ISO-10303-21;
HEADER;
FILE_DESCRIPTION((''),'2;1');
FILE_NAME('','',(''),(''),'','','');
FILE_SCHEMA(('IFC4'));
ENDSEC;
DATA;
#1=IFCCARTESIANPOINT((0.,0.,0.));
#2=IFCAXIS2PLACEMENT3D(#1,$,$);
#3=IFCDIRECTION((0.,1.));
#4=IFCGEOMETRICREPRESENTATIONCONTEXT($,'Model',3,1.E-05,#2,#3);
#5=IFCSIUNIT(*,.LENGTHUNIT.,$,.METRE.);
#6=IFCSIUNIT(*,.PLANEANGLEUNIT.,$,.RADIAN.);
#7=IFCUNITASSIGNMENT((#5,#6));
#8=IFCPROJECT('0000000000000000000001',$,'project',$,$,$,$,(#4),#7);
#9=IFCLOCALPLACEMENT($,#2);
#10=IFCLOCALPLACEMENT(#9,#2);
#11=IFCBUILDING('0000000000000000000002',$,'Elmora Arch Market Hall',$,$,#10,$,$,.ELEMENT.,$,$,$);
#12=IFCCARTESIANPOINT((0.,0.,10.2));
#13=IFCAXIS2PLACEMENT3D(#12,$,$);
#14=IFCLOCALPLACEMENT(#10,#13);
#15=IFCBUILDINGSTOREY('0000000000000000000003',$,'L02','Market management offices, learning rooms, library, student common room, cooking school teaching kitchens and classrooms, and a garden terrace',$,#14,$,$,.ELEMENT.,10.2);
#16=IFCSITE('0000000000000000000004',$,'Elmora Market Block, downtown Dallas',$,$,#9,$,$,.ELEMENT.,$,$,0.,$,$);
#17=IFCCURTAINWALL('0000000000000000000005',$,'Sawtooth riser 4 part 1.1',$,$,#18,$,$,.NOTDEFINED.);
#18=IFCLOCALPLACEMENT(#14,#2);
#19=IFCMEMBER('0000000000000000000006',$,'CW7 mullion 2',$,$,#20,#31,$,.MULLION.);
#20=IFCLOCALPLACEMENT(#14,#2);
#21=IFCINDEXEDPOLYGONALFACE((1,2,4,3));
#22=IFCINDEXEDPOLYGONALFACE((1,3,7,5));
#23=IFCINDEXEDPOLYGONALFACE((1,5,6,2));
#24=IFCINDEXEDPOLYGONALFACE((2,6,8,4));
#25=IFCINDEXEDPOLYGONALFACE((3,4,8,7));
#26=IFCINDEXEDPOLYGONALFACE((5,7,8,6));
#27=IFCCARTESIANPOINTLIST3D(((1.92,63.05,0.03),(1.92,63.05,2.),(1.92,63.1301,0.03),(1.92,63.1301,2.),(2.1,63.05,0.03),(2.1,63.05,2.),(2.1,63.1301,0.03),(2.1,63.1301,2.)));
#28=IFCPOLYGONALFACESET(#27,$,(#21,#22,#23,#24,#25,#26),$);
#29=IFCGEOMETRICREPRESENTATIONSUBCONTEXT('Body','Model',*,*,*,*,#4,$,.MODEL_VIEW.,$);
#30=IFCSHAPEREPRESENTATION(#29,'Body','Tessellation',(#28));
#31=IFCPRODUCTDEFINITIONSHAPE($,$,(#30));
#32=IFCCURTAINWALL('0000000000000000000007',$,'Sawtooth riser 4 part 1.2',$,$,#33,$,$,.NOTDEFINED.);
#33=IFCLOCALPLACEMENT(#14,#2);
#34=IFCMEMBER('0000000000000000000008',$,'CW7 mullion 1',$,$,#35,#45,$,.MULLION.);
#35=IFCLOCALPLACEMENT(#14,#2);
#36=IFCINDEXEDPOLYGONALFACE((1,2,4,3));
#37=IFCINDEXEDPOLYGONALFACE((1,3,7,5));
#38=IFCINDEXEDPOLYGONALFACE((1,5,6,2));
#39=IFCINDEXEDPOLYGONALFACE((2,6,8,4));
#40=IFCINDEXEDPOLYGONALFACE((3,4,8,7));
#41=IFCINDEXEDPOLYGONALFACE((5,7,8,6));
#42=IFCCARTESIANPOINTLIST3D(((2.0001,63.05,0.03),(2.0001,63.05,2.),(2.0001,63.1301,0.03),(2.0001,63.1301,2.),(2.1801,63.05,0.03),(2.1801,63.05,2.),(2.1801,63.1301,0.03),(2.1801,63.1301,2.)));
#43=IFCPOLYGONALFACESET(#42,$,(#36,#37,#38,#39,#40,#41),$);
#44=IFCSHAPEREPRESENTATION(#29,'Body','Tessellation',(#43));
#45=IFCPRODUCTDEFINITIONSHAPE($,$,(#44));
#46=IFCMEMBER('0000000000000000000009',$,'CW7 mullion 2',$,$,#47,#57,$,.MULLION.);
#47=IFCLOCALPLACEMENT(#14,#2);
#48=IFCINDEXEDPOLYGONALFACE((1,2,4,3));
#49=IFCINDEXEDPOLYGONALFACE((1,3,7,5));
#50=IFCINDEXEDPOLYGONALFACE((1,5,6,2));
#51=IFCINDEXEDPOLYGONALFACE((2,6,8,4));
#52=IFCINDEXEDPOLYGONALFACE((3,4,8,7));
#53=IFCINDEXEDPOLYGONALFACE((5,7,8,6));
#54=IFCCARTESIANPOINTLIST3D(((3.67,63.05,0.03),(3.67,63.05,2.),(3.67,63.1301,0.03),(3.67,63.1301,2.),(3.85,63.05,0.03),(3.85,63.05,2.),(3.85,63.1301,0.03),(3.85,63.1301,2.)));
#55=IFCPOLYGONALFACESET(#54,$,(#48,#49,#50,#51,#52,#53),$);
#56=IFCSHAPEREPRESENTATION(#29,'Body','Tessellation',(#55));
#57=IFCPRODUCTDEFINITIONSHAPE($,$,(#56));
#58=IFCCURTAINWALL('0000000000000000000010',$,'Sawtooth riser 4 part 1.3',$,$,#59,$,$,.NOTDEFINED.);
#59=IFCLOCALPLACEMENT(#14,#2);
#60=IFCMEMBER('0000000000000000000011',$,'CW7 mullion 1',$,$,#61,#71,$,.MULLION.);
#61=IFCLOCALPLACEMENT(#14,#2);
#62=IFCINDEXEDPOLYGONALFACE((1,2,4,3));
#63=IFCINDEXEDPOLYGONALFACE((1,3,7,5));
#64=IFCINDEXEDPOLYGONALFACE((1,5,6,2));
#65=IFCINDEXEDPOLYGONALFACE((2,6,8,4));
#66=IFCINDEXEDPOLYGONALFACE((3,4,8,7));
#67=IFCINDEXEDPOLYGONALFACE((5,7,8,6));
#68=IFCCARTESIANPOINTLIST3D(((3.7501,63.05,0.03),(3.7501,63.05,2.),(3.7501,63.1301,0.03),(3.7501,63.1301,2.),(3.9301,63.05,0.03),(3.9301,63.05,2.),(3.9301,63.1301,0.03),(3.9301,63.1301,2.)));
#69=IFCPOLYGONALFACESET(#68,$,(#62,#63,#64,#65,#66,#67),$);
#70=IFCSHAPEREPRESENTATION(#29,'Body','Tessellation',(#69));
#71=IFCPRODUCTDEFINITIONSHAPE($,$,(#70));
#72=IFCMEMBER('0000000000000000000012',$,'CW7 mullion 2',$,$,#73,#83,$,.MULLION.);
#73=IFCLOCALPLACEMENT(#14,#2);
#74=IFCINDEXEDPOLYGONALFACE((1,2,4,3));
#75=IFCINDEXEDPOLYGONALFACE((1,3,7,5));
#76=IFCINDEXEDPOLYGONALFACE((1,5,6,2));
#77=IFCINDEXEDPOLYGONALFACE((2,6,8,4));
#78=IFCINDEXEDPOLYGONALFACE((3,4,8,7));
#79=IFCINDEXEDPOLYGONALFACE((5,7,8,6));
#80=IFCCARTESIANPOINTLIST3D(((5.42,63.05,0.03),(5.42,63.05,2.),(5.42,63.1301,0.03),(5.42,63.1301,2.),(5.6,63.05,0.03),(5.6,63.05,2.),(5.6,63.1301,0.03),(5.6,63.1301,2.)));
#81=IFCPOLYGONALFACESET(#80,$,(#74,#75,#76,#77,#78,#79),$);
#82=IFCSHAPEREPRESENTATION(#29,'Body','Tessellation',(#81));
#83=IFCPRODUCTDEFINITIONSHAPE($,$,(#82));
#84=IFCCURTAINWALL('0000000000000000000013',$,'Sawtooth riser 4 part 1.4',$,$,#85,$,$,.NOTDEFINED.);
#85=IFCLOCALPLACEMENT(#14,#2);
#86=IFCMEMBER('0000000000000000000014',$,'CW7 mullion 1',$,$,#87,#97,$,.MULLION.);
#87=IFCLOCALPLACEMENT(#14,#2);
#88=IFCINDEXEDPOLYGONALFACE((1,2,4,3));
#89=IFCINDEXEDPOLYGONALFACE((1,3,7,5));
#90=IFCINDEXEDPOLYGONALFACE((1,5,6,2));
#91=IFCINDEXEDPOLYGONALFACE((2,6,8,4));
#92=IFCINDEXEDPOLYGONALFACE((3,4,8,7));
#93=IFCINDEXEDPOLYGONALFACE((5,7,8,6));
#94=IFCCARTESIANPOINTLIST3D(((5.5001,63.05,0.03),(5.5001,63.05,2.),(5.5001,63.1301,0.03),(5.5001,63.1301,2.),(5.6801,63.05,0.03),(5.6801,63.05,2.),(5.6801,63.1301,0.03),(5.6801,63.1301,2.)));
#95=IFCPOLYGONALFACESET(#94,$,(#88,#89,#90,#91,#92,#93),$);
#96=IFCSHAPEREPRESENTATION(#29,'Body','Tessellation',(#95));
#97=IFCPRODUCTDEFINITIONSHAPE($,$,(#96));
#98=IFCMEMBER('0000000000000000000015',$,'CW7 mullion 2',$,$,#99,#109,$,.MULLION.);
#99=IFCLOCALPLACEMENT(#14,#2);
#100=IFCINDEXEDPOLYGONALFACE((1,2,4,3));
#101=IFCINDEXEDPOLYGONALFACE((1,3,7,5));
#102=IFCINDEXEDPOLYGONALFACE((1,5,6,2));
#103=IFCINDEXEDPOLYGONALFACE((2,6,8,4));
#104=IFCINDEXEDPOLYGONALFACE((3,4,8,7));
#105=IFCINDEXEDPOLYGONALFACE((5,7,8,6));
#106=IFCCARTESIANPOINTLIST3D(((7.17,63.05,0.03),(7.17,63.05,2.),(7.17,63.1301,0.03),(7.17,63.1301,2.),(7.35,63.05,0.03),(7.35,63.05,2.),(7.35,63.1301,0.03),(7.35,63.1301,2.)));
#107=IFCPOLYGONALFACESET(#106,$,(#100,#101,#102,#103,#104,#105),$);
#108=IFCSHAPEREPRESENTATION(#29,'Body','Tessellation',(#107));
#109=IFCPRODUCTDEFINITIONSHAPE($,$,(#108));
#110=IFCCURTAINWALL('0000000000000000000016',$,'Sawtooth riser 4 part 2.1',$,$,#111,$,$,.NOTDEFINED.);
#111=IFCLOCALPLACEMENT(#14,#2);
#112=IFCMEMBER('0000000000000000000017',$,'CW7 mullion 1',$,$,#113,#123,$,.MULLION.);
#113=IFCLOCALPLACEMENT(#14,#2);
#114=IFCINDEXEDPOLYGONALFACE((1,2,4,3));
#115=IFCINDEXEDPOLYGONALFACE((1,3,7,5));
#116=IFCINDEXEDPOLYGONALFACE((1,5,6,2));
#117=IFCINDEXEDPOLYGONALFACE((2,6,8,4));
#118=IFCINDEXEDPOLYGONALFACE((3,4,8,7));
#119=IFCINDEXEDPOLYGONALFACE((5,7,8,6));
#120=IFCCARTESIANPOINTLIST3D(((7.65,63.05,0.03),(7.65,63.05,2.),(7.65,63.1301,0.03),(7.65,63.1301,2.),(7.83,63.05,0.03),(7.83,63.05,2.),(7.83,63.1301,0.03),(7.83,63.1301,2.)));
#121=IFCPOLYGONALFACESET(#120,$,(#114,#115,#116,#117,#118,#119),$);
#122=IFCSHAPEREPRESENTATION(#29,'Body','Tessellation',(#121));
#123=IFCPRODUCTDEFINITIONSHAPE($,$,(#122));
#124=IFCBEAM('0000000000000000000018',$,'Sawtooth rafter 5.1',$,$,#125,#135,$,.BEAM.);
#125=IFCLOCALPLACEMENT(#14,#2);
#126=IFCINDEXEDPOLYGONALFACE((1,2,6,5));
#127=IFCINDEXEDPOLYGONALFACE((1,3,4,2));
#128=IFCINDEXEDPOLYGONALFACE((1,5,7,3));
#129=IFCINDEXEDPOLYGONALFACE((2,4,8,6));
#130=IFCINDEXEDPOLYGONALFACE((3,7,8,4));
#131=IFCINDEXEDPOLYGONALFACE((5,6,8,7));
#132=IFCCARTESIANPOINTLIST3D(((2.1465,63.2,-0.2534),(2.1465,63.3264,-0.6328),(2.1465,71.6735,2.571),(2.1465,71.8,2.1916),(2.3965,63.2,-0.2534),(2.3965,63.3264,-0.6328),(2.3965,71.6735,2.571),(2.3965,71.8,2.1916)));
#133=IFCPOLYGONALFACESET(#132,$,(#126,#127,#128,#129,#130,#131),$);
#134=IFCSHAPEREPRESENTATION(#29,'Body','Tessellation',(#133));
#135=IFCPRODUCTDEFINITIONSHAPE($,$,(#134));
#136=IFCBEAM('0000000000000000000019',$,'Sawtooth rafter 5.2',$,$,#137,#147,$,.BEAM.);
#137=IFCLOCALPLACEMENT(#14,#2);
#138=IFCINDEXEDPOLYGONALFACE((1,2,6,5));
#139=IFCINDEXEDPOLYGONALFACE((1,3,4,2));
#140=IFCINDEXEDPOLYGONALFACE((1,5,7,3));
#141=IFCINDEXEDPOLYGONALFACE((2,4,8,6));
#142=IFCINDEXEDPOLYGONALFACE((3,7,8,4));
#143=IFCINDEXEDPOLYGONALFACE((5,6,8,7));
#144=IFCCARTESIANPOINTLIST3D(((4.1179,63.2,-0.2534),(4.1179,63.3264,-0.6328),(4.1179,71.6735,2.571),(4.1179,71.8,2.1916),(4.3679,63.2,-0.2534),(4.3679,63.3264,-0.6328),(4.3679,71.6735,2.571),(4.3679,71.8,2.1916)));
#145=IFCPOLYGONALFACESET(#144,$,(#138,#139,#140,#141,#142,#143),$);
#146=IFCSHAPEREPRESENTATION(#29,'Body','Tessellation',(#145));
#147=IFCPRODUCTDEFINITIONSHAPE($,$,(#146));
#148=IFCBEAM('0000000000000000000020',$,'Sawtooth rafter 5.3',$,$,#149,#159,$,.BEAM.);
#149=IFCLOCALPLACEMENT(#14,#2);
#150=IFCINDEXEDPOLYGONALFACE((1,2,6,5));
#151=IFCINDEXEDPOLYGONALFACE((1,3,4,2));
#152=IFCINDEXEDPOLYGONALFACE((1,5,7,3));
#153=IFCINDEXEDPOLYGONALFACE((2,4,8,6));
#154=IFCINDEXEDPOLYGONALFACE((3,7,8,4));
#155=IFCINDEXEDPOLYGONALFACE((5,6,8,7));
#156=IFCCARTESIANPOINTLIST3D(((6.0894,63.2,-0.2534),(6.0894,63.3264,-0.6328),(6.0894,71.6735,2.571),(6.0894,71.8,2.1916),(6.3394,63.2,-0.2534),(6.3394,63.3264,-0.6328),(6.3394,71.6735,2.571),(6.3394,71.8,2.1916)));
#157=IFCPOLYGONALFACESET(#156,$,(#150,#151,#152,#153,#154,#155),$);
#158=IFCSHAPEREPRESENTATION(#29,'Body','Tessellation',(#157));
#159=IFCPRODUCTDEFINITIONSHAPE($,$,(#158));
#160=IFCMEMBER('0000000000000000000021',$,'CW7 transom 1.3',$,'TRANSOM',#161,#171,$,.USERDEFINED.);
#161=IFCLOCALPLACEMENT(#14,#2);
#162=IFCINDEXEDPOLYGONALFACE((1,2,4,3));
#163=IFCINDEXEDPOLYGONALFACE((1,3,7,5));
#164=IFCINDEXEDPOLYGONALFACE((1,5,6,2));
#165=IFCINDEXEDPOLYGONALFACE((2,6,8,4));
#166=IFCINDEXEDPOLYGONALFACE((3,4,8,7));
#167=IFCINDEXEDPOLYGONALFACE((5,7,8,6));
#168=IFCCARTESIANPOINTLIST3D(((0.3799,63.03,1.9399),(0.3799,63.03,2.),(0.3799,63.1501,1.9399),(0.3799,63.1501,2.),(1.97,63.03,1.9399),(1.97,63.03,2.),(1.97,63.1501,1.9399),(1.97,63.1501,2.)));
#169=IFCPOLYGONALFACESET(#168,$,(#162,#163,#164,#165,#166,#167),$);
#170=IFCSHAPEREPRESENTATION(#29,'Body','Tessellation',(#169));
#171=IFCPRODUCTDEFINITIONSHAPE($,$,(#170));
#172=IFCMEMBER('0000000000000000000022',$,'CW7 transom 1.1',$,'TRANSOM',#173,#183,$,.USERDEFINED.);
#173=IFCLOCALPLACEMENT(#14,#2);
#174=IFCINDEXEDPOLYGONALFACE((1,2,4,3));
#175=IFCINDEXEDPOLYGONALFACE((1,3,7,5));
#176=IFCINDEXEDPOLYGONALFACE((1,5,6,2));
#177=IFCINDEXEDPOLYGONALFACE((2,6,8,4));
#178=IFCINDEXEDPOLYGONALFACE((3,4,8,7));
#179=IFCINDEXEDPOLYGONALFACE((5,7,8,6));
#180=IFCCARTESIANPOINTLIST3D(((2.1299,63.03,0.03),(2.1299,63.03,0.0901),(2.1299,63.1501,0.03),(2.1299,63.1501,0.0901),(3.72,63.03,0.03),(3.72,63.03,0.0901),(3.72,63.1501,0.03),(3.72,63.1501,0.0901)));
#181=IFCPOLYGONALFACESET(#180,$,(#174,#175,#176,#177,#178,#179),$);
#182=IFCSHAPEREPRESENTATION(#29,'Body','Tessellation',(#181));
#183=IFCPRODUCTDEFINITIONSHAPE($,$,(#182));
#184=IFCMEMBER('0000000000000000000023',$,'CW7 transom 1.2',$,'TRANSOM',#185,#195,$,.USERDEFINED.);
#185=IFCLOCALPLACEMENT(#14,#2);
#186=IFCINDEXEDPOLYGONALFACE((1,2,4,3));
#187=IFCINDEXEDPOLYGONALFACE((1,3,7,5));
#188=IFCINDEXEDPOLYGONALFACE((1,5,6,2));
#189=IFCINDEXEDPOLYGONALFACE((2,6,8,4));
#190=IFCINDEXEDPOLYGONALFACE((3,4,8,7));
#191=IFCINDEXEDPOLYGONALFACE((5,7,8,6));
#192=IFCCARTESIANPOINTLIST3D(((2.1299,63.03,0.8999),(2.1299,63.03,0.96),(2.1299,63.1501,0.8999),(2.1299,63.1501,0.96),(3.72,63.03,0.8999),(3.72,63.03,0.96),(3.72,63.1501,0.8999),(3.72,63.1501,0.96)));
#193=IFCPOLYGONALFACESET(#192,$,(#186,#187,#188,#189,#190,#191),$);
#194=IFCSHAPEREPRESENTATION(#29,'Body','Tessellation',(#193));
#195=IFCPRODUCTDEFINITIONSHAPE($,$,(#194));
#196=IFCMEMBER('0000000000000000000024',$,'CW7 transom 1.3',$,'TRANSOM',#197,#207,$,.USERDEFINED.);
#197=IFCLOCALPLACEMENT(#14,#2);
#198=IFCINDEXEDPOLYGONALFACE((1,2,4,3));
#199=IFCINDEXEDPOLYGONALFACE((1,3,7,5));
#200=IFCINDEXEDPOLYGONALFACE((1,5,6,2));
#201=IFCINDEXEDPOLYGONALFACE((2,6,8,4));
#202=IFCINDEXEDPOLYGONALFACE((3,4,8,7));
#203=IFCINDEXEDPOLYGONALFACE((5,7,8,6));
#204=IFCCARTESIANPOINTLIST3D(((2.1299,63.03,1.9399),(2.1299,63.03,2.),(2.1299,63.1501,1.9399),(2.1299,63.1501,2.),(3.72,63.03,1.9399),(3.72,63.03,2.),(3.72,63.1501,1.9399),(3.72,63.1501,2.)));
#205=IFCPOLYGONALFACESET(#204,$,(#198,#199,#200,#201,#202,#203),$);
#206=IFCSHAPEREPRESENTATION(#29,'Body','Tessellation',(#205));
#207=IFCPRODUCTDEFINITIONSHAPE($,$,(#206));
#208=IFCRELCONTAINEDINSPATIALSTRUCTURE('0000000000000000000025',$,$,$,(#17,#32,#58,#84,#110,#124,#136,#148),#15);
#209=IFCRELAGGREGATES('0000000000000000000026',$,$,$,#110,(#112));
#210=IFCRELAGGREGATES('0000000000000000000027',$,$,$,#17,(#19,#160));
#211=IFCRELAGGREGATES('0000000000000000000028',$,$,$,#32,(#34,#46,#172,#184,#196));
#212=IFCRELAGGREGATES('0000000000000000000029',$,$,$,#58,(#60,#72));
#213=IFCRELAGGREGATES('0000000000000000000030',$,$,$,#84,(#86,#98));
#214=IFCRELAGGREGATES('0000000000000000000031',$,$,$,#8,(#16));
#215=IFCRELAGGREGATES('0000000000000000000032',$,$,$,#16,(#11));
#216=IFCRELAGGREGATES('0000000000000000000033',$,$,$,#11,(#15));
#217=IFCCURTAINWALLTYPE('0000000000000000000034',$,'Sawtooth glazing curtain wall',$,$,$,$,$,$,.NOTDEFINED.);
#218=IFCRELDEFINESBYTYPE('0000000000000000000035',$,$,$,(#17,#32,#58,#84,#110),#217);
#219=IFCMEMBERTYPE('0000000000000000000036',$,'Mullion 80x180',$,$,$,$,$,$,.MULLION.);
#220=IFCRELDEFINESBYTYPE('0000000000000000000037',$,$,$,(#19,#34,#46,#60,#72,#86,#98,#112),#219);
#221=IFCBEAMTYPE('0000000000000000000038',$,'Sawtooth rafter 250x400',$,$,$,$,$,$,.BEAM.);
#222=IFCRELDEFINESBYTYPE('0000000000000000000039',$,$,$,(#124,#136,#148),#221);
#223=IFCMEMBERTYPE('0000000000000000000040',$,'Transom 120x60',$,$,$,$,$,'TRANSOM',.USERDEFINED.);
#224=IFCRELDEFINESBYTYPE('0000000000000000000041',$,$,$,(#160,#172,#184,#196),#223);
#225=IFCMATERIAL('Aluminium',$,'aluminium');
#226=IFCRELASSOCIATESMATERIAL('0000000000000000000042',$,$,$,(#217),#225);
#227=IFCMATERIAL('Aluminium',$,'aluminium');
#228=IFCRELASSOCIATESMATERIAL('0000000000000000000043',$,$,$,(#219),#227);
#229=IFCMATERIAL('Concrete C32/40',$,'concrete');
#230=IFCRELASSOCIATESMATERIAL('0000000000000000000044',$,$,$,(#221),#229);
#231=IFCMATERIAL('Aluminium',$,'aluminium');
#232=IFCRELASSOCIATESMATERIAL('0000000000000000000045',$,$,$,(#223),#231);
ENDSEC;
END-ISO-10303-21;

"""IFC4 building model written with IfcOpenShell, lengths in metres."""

from ifc_helpers import new_model, si_unit, direction, frame, origin, origin_2d, place, context, subcontext, project, spatial, rectangle, extrude, material, material_profile, profile_set, type_object, element, aggregate, save


model = new_model("IFC4")

# Units and contexts
model_context = context("Model", 3, precision=1e-05, world=origin(), true_north=direction((0.0, 1.0)))
body_context = subcontext(model_context, "Body", "Model", "MODEL_VIEW")
ifc_project = project(units=[si_unit("LENGTHUNIT", "METRE"), si_unit("PLANEANGLEUNIT", "RADIAN")], contexts=[model_context])

# Site, building, storey
site_placement = place(None, origin())
site = spatial("IfcSite", under=ifc_project, at=site_placement, Name="Elmora Market Block, downtown Dallas", CompositionType="ELEMENT", RefElevation=0.0)
building_placement = place(site_placement, origin())
building = spatial("IfcBuilding", under=site, at=building_placement, Name="Elmora Arch Market Hall", CompositionType="ELEMENT")
storey_placement = place(building_placement, frame((0.0, 0.0, 10.2)))
storey = spatial("IfcBuildingStorey", under=building, at=storey_placement, Name="L02", Description="Market management offices, learning rooms, library, student common room, cooking school teaching kitchens and classrooms, and a garden terrace", CompositionType="ELEMENT", Elevation=10.2)

# Curtain wall, member
ifc_material_1 = material(Name="Aluminium", Category="aluminium")
curtain_wall_type = type_object("IfcCurtainWallType", Name="Sawtooth glazing curtain wall", PredefinedType="NOTDEFINED", material=ifc_material_1)
curtain_wall_1_placement = place(storey_placement, origin())
curtain_wall_1 = element("IfcCurtainWall", 1, at=curtain_wall_1_placement, inside=storey, type_object=curtain_wall_type, Name="Sawtooth riser 4 part 1.1", PredefinedType="NOTDEFINED")
ifc_material_2 = material(Name="Aluminium", Category="aluminium")
ifc_material_profile_1 = material_profile(ifc_material_2, rectangle(XDim=0.0801, YDim=0.1799, at=origin_2d()), Name="AL 80x180")
ifc_profile_set_1 = profile_set([ifc_material_profile_1], Name="Aluminium")
member_type_1 = type_object("IfcMemberType", Name="Mullion 80x180", PredefinedType="MULLION", material=ifc_profile_set_1)
member_1_placement = place(storey_placement, frame((2.01, 63.0901, 0.03), z_axis=(0.0, 0.0, 1.0), x_axis=(0.0, 1.0, 0.0)))
member_1 = element("IfcMember", 2, at=member_1_placement, type_object=member_type_1, Name="CW7 mullion 2", PredefinedType="MULLION", context=body_context, shape_type="SweptSolid", body=[
    extrude(rectangle(XDim=0.0801, YDim=0.1799, at=origin_2d()), origin(), (0.0, 0.0, 1.0), 1.97),
])

# Curtain walls, members
curtain_wall_2_placement = place(storey_placement, origin())
curtain_wall_2 = element("IfcCurtainWall", 3, at=curtain_wall_2_placement, inside=storey, type_object=curtain_wall_type, Name="Sawtooth riser 4 part 1.2", PredefinedType="NOTDEFINED")
member_2_placement = place(storey_placement, frame((2.0901, 63.0901, 0.03), z_axis=(0.0, 0.0, 1.0), x_axis=(0.0, 1.0, 0.0)))
member_2 = element("IfcMember", 4, at=member_2_placement, type_object=member_type_1, Name="CW7 mullion 1", PredefinedType="MULLION", context=body_context, shape_type="SweptSolid", body=[
    extrude(rectangle(XDim=0.0801, YDim=0.1799, at=origin_2d()), origin(), (0.0, 0.0, 1.0), 1.97),
])
member_3_placement = place(storey_placement, frame((3.76, 63.0901, 0.03), z_axis=(0.0, 0.0, 1.0), x_axis=(0.0, 1.0, 0.0)))
member_3 = element("IfcMember", 5, at=member_3_placement, type_object=member_type_1, Name="CW7 mullion 2", PredefinedType="MULLION", context=body_context, shape_type="SweptSolid", body=[
    extrude(rectangle(XDim=0.0801, YDim=0.1799, at=origin_2d()), origin(), (0.0, 0.0, 1.0), 1.97),
])
curtain_wall_3_placement = place(storey_placement, origin())
curtain_wall_3 = element("IfcCurtainWall", 6, at=curtain_wall_3_placement, inside=storey, type_object=curtain_wall_type, Name="Sawtooth riser 4 part 1.3", PredefinedType="NOTDEFINED")
member_4_placement = place(storey_placement, frame((3.8401, 63.0901, 0.03), z_axis=(0.0, 0.0, 1.0), x_axis=(0.0, 1.0, 0.0)))
member_4 = element("IfcMember", 7, at=member_4_placement, type_object=member_type_1, Name="CW7 mullion 1", PredefinedType="MULLION", context=body_context, shape_type="SweptSolid", body=[
    extrude(rectangle(XDim=0.0801, YDim=0.1799, at=origin_2d()), origin(), (0.0, 0.0, 1.0), 1.97),
])
member_5_placement = place(storey_placement, frame((5.51, 63.0901, 0.03), z_axis=(0.0, 0.0, 1.0), x_axis=(0.0, 1.0, 0.0)))
member_5 = element("IfcMember", 8, at=member_5_placement, type_object=member_type_1, Name="CW7 mullion 2", PredefinedType="MULLION", context=body_context, shape_type="SweptSolid", body=[
    extrude(rectangle(XDim=0.0801, YDim=0.1799, at=origin_2d()), origin(), (0.0, 0.0, 1.0), 1.97),
])
curtain_wall_4_placement = place(storey_placement, origin())
curtain_wall_4 = element("IfcCurtainWall", 9, at=curtain_wall_4_placement, inside=storey, type_object=curtain_wall_type, Name="Sawtooth riser 4 part 1.4", PredefinedType="NOTDEFINED")
member_6_placement = place(storey_placement, frame((5.5901, 63.0901, 0.03), z_axis=(0.0, 0.0, 1.0), x_axis=(0.0, 1.0, 0.0)))
member_6 = element("IfcMember", 10, at=member_6_placement, type_object=member_type_1, Name="CW7 mullion 1", PredefinedType="MULLION", context=body_context, shape_type="SweptSolid", body=[
    extrude(rectangle(XDim=0.0801, YDim=0.1799, at=origin_2d()), origin(), (0.0, 0.0, 1.0), 1.97),
])
member_7_placement = place(storey_placement, frame((7.26, 63.0901, 0.03), z_axis=(0.0, 0.0, 1.0), x_axis=(0.0, 1.0, 0.0)))
member_7 = element("IfcMember", 11, at=member_7_placement, type_object=member_type_1, Name="CW7 mullion 2", PredefinedType="MULLION", context=body_context, shape_type="SweptSolid", body=[
    extrude(rectangle(XDim=0.0801, YDim=0.1799, at=origin_2d()), origin(), (0.0, 0.0, 1.0), 1.97),
])

# Curtain wall, member
curtain_wall_5_placement = place(storey_placement, origin())
curtain_wall_5 = element("IfcCurtainWall", 12, at=curtain_wall_5_placement, inside=storey, type_object=curtain_wall_type, Name="Sawtooth riser 4 part 2.1", PredefinedType="NOTDEFINED")
member_8_placement = place(storey_placement, frame((7.74, 63.0901, 0.03), z_axis=(0.0, 0.0, 1.0), x_axis=(0.0, 1.0, 0.0)))
member_8 = element("IfcMember", 13, at=member_8_placement, type_object=member_type_1, Name="CW7 mullion 1", PredefinedType="MULLION", context=body_context, shape_type="SweptSolid", body=[
    extrude(rectangle(XDim=0.0801, YDim=0.1799, at=origin_2d()), origin(), (0.0, 0.0, 1.0), 1.97),
])

# Beams
ifc_material_3 = material(Name="Concrete C32/40", Category="concrete")
ifc_material_profile_2 = material_profile(ifc_material_3, rectangle(XDim=0.25, YDim=0.3999, at=origin_2d()), Name="Sawtooth rafter 250x400")
ifc_profile_set_2 = profile_set([ifc_material_profile_2], Name="Concrete C32/40")
beam_type = type_object("IfcBeamType", Name="Sawtooth rafter 250x400", PredefinedType="BEAM", material=ifc_profile_set_2)
for number, where, z_axis, x_axis, name in (
    (14, (2.2715, 63.2632, -0.4431), (0.0, 0.948686, 0.31622), (-1.0, 0.0, 0.0), "Sawtooth rafter 5.1"),
    (15, (4.2429, 63.2632, -0.4431), (0.0, 0.948686, 0.31622), (-1.0, 0.0, 0.0), "Sawtooth rafter 5.2"),
    (16, (6.2144, 63.2632, -0.4431), (0.0, 0.948686, 0.31622), (-1.0, 0.0, 0.0), "Sawtooth rafter 5.3"),
):
    element("IfcBeam", number, at=place(storey_placement, frame(where, z_axis=z_axis, x_axis=x_axis)), inside=storey, type_object=beam_type, Name=name, PredefinedType="BEAM", context=body_context, shape_type="SweptSolid", body=[
        extrude(rectangle(XDim=0.25, YDim=0.3999, at=origin_2d()), origin(), (0.0, 0.0, 1.0), 8.9319),
    ])

# Members
ifc_material_4 = material(Name="Aluminium", Category="aluminium")
ifc_material_profile_3 = material_profile(ifc_material_4, rectangle(XDim=0.1201, YDim=0.0601, at=origin_2d()), Name="AL 120x60")
ifc_profile_set_3 = profile_set([ifc_material_profile_3], Name="Aluminium")
member_type_2 = type_object("IfcMemberType", Name="Transom 120x60", ElementType="TRANSOM", PredefinedType="USERDEFINED", material=ifc_profile_set_3)
member_9_placement = place(storey_placement, frame((0.3799, 63.0901, 1.97), z_axis=(1.0, 0.0, 0.0), x_axis=(0.0, 1.0, 0.0)))
member_9 = element("IfcMember", 17, at=member_9_placement, type_object=member_type_2, Name="CW7 transom 1.3", ObjectType="TRANSOM", PredefinedType="USERDEFINED", context=body_context, shape_type="SweptSolid", body=[
    extrude(rectangle(XDim=0.1201, YDim=0.0601, at=origin_2d()), origin(), (0.0, 0.0, 1.0), 1.5901),
])
member_10_placement = place(storey_placement, frame((2.1299, 63.0901, 0.0601), z_axis=(1.0, 0.0, 0.0), x_axis=(0.0, 1.0, 0.0)))
member_10 = element("IfcMember", 18, at=member_10_placement, type_object=member_type_2, Name="CW7 transom 1.1", ObjectType="TRANSOM", PredefinedType="USERDEFINED", context=body_context, shape_type="SweptSolid", body=[
    extrude(rectangle(XDim=0.1201, YDim=0.0601, at=origin_2d()), origin(), (0.0, 0.0, 1.0), 1.5901),
])
member_11_placement = place(storey_placement, frame((2.1299, 63.0901, 0.9299), z_axis=(1.0, 0.0, 0.0), x_axis=(0.0, 1.0, 0.0)))
member_11 = element("IfcMember", 19, at=member_11_placement, type_object=member_type_2, Name="CW7 transom 1.2", ObjectType="TRANSOM", PredefinedType="USERDEFINED", context=body_context, shape_type="SweptSolid", body=[
    extrude(rectangle(XDim=0.1201, YDim=0.0601, at=origin_2d()), origin(), (0.0, 0.0, 1.0), 1.5901),
])
member_12_placement = place(storey_placement, frame((2.1299, 63.0901, 1.97), z_axis=(1.0, 0.0, 0.0), x_axis=(0.0, 1.0, 0.0)))
member_12 = element("IfcMember", 20, at=member_12_placement, type_object=member_type_2, Name="CW7 transom 1.3", ObjectType="TRANSOM", PredefinedType="USERDEFINED", context=body_context, shape_type="SweptSolid", body=[
    extrude(rectangle(XDim=0.1201, YDim=0.0601, at=origin_2d()), origin(), (0.0, 0.0, 1.0), 1.5901),
])
aggregate(curtain_wall_5, [member_8])

aggregate(curtain_wall_1, [member_1, member_9])
aggregate(curtain_wall_2, [member_2, member_3, member_10, member_11, member_12])
aggregate(curtain_wall_3, [member_4, member_5])
aggregate(curtain_wall_4, [member_6, member_7])

save(model, "model.ifc")
